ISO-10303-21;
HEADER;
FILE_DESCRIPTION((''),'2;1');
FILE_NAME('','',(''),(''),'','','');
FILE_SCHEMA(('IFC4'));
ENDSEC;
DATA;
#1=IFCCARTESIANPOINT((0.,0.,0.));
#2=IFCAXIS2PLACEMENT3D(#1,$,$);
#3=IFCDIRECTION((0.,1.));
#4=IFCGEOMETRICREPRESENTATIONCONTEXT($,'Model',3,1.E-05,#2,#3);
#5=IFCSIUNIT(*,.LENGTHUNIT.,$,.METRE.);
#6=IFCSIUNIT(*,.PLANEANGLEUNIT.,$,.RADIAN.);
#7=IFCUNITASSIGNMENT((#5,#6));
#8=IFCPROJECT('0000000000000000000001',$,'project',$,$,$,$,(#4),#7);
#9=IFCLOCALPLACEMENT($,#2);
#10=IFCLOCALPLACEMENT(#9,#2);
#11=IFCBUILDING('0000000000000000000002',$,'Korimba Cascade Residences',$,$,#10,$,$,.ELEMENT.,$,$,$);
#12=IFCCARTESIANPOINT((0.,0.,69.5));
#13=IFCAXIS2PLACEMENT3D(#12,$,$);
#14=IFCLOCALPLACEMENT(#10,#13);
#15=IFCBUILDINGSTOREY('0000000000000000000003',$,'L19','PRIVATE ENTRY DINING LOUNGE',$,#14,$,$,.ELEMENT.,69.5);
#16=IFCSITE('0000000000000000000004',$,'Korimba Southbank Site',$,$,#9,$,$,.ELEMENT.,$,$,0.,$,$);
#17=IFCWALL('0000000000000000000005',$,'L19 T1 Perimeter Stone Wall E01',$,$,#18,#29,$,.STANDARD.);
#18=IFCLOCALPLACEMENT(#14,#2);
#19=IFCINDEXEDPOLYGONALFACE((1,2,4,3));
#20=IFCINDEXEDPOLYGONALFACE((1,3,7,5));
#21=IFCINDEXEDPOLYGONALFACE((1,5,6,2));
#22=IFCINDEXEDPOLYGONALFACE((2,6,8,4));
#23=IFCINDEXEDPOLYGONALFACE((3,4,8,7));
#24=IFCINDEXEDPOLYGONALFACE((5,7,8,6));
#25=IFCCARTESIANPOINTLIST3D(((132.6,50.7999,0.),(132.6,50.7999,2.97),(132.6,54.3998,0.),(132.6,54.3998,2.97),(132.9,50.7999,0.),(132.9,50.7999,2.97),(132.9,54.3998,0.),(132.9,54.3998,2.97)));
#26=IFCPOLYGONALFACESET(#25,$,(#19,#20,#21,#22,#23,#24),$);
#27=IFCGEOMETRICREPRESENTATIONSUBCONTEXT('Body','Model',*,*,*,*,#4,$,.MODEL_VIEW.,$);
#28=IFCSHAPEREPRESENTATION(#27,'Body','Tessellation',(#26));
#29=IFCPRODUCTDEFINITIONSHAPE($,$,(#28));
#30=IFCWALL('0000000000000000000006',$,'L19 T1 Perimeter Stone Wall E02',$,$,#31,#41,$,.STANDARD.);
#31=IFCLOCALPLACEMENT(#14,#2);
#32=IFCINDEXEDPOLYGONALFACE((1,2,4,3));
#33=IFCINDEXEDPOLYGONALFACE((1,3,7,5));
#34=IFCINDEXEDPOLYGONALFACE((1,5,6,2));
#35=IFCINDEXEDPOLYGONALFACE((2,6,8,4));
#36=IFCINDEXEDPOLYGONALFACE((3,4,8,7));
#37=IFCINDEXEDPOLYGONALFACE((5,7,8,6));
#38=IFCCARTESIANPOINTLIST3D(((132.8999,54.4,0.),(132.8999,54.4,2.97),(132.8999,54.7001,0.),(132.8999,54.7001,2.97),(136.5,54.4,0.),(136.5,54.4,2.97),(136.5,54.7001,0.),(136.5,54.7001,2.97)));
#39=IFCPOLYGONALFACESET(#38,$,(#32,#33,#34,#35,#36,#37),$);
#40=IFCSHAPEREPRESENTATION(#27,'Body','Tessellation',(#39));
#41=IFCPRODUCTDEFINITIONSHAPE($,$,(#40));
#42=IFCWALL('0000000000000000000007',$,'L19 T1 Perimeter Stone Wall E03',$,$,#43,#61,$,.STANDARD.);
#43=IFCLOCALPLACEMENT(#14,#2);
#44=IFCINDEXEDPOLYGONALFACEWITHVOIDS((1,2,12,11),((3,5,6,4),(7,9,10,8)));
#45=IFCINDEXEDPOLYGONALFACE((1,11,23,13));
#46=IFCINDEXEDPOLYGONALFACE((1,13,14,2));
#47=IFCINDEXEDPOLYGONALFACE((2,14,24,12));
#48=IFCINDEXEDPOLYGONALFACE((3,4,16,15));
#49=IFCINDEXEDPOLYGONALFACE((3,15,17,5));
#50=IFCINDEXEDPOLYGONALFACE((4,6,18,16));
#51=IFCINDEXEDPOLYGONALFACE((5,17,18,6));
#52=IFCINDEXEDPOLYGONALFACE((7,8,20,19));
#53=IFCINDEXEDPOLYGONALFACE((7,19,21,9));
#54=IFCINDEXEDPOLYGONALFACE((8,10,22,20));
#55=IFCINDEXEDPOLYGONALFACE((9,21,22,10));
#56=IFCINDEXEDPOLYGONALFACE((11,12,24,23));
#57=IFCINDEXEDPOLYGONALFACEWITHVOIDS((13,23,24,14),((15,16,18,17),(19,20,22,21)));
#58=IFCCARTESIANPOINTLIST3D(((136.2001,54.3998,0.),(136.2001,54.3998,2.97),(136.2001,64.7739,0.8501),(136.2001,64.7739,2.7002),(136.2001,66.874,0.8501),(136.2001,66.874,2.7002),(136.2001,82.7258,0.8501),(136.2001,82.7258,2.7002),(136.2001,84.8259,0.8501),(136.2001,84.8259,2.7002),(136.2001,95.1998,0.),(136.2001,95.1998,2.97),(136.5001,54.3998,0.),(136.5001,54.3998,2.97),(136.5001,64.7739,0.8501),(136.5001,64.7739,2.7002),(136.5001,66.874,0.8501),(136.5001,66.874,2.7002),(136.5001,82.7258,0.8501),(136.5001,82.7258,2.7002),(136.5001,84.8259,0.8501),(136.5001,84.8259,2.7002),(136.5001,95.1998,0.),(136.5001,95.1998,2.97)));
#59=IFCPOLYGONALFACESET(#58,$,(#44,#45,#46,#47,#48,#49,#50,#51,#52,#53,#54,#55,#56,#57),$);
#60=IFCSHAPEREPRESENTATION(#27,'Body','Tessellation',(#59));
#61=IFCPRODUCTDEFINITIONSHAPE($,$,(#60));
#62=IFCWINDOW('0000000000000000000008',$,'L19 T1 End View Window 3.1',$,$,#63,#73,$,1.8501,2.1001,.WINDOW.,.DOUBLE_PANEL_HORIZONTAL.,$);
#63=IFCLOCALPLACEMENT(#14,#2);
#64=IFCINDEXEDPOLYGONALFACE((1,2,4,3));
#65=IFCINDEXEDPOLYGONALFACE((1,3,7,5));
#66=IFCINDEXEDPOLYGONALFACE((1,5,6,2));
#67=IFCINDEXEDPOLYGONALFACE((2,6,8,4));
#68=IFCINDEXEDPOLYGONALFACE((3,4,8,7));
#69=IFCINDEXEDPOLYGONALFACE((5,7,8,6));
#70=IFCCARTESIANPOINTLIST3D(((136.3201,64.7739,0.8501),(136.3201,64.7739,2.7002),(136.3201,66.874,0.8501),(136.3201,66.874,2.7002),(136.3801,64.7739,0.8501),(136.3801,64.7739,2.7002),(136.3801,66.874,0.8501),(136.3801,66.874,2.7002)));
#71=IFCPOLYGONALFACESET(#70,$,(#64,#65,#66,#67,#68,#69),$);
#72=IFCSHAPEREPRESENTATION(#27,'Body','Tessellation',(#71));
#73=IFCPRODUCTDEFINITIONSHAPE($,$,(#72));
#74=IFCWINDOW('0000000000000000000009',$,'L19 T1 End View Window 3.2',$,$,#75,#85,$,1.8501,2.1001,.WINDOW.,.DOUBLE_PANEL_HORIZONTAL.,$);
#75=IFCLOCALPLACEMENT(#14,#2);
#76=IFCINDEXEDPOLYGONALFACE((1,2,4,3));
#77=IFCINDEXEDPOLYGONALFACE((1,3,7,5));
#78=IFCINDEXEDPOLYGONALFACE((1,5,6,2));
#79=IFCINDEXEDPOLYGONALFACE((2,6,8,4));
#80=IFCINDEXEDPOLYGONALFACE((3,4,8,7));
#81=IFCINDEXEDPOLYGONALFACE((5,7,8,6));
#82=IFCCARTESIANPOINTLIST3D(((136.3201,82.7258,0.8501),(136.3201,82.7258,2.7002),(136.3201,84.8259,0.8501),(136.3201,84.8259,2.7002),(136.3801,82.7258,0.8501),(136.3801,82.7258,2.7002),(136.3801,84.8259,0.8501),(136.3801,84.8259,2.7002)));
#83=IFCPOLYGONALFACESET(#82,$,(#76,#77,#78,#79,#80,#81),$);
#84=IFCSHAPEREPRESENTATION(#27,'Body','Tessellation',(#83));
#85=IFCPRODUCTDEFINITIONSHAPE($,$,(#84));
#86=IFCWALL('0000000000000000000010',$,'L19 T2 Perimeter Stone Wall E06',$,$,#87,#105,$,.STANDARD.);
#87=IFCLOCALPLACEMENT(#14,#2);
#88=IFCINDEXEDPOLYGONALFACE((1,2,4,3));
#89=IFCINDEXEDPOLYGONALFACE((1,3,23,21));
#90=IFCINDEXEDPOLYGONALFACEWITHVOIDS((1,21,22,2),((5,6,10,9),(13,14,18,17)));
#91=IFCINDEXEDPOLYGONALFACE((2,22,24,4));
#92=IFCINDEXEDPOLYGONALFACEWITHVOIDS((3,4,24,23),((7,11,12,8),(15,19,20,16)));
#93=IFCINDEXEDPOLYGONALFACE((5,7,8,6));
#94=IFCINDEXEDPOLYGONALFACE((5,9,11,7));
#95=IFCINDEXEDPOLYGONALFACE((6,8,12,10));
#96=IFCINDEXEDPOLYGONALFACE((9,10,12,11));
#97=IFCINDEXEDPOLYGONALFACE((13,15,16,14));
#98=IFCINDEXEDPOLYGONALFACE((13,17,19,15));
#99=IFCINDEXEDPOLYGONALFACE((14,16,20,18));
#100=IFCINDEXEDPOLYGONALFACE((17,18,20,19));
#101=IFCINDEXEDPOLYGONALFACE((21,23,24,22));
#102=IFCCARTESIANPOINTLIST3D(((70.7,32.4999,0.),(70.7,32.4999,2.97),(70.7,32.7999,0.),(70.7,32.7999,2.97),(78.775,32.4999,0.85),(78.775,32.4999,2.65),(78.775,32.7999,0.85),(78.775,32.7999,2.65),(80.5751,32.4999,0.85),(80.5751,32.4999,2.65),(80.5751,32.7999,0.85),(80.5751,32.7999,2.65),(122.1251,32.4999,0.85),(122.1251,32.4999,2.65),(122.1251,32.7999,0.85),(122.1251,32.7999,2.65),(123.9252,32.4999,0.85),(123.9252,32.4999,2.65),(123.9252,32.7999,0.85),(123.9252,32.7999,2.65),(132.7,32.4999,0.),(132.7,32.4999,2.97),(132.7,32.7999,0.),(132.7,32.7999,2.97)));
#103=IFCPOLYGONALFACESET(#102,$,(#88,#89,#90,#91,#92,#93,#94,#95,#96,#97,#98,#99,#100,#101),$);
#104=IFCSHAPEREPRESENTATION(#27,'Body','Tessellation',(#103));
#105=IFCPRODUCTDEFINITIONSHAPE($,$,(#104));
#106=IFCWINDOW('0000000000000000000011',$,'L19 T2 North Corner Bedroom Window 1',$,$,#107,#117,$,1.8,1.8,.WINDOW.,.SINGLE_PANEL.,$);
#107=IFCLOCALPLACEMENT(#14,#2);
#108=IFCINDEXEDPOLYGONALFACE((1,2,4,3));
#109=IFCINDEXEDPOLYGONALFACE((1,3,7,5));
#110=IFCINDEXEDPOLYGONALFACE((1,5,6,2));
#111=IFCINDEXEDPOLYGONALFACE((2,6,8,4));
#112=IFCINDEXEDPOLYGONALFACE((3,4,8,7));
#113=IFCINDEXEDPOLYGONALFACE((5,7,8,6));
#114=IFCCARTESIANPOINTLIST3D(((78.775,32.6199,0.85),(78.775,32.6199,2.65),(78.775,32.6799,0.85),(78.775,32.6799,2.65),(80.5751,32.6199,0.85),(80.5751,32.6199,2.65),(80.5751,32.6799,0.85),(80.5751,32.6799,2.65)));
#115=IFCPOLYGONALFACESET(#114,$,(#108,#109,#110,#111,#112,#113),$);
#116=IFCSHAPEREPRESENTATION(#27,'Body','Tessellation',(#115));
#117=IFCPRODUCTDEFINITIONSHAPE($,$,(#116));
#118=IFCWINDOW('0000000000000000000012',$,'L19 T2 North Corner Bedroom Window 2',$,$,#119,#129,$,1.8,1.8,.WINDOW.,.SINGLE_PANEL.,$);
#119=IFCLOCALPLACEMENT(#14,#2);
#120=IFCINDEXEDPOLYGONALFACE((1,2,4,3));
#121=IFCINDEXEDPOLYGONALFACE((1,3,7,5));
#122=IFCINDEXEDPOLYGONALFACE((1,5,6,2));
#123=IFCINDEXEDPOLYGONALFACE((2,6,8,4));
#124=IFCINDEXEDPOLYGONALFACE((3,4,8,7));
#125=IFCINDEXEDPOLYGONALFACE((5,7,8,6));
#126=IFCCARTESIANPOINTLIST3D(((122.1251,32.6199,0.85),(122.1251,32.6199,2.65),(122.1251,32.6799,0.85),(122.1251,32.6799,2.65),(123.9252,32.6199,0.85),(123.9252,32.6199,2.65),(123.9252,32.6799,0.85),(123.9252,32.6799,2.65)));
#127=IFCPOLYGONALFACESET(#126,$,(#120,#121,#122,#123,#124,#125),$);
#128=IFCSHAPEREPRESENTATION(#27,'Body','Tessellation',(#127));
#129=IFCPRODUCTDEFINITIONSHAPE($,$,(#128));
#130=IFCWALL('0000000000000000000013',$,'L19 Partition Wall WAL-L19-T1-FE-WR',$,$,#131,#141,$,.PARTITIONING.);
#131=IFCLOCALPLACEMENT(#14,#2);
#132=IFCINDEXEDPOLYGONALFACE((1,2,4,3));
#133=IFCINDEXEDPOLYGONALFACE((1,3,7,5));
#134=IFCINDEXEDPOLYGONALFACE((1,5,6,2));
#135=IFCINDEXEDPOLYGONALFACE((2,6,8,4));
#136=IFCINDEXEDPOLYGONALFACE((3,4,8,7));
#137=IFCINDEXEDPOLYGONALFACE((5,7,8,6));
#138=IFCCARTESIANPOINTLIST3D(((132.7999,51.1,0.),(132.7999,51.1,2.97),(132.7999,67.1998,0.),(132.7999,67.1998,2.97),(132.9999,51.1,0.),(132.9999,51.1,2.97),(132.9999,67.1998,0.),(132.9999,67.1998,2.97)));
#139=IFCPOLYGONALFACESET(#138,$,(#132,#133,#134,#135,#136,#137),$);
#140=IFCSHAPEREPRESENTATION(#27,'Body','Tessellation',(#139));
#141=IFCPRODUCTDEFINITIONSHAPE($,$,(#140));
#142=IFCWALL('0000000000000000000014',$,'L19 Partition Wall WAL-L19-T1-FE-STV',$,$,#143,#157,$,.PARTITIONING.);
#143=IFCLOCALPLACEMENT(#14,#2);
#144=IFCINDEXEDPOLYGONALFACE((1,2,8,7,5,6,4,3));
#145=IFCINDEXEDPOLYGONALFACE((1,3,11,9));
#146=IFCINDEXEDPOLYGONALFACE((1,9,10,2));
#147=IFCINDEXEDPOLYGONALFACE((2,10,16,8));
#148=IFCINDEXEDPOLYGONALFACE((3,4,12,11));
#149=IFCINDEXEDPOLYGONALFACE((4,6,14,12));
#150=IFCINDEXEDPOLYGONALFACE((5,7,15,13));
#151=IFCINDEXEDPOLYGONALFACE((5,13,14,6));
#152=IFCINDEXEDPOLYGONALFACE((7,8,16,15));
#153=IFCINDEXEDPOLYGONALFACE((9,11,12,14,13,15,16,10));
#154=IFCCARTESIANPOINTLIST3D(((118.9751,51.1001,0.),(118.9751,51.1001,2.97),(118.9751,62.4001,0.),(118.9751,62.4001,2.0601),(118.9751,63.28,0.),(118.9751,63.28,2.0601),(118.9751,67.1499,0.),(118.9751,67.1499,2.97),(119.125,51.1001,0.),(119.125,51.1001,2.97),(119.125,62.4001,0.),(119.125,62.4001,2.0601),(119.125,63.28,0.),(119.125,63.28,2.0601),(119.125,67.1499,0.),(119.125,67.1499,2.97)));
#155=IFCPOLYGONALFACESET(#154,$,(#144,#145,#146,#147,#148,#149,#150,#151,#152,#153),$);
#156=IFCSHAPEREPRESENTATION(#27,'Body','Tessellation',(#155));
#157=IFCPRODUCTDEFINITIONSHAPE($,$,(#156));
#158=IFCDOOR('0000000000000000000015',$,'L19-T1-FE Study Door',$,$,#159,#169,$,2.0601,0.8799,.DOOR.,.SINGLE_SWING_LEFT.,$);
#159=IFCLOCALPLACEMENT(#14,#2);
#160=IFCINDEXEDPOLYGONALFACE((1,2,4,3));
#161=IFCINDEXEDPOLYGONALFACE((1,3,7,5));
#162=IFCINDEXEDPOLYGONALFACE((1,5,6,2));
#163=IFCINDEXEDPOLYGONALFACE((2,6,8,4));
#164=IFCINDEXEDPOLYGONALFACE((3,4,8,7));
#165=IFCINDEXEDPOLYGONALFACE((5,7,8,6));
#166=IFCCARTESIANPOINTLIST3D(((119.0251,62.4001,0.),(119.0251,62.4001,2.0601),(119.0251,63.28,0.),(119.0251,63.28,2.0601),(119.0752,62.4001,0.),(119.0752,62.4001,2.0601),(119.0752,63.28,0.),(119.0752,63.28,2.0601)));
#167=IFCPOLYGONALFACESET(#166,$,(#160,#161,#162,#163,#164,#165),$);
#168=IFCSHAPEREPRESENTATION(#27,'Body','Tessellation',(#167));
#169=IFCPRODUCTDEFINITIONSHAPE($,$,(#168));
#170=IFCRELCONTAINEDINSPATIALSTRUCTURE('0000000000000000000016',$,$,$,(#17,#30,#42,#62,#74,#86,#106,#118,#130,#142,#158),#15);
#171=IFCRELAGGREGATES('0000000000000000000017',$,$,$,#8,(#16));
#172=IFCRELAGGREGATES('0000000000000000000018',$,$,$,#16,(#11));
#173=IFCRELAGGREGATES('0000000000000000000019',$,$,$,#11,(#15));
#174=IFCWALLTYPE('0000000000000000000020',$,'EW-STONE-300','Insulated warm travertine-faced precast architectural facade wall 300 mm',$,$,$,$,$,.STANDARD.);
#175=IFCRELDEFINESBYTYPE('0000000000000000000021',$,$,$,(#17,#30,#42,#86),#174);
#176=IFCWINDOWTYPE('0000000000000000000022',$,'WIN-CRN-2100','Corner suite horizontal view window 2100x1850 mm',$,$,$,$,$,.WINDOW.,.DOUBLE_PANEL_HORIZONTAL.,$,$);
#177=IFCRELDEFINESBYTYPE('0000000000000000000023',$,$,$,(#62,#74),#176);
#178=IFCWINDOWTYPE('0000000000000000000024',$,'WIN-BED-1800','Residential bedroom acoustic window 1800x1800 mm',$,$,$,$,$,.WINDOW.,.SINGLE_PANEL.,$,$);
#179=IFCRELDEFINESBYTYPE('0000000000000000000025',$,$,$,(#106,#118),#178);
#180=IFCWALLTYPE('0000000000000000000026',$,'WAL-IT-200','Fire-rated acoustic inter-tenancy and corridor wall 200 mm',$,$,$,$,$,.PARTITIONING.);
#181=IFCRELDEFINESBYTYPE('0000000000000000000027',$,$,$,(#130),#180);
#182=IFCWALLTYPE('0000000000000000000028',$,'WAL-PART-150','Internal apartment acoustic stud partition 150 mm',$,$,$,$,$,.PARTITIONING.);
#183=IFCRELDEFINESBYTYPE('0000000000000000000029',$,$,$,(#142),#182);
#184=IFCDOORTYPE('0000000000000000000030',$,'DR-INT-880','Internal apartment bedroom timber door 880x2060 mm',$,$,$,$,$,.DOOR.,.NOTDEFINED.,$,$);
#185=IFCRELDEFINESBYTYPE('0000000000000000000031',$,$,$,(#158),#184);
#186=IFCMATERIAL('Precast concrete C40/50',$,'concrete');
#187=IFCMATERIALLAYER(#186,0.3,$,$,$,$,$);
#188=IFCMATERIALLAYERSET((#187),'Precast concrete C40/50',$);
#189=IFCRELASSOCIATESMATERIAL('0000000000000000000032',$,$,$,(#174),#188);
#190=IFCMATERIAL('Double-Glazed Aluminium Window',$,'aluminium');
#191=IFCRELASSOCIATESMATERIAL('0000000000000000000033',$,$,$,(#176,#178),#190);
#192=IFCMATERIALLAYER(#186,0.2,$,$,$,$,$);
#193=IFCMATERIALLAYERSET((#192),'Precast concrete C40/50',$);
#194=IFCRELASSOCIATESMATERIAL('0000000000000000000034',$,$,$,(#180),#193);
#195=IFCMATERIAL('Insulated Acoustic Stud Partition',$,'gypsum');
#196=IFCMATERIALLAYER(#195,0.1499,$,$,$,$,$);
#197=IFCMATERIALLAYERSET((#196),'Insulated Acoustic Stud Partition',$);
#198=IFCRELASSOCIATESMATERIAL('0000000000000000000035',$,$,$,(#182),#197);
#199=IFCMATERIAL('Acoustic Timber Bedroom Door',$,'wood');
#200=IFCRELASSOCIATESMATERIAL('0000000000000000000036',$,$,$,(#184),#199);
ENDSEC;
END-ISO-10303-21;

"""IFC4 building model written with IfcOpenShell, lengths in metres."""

from ifc_helpers import new_model, si_unit, direction, frame, frame_2d, origin, place, context, subcontext, project, spatial, rectangle, extrude, material, layer, layer_set, type_object, element, fill, save


model = new_model("IFC4")

# Units and contexts
model_context = context("Model", 3, precision=1e-05, world=origin(), true_north=direction((0.0, 1.0)))
body_context = subcontext(model_context, "Body", "Model", "MODEL_VIEW")
ifc_project = project(units=[si_unit("LENGTHUNIT", "METRE"), si_unit("PLANEANGLEUNIT", "RADIAN")], contexts=[model_context])

# Site, building, storey
site_placement = place(None, origin())
site = spatial("IfcSite", under=ifc_project, at=site_placement, Name="Korimba Southbank Site", CompositionType="ELEMENT", RefElevation=0.0)
building_placement = place(site_placement, origin())
building = spatial("IfcBuilding", under=site, at=building_placement, Name="Korimba Cascade Residences", CompositionType="ELEMENT")
storey_placement = place(building_placement, frame((0.0, 0.0, 69.5)))
storey = spatial("IfcBuildingStorey", under=building, at=storey_placement, Name="L19", Description="PRIVATE ENTRY DINING LOUNGE", CompositionType="ELEMENT", Elevation=69.5)

# Walls
ifc_material_1 = material(Name="Precast concrete C40/50", Category="concrete")
ifc_layer_1 = layer(ifc_material_1, 0.3)
ifc_layer_set_1 = layer_set([ifc_layer_1], Name="Precast concrete C40/50")
wall_type_1 = type_object("IfcWallType", Name="EW-STONE-300", Description="Insulated warm travertine-faced precast architectural facade wall 300 mm", PredefinedType="STANDARD", material=ifc_layer_set_1)
wall_1_placement = place(storey_placement, frame((132.75, 50.8, 0.0), z_axis=(0.0, 0.0, 1.0), x_axis=(0.0, 1.0, 0.0)))
element("IfcWall", 1, at=wall_1_placement, inside=storey, type_object=wall_type_1, Name="L19 T1 Perimeter Stone Wall E01", PredefinedType="STANDARD", context=body_context, shape_type="SweptSolid", body=[
    extrude(rectangle(XDim=3.5999, YDim=0.3, at=frame_2d((1.7998, 0.0))), origin(), (0.0, 0.0, 1.0), 2.97),
])
wall_2_placement = place(storey_placement, frame((132.8999, 54.55, 0.0), z_axis=(0.0, 0.0, 1.0), x_axis=(1.0, 0.0, 0.0)))
element("IfcWall", 2, at=wall_2_placement, inside=storey, type_object=wall_type_1, Name="L19 T1 Perimeter Stone Wall E02", PredefinedType="STANDARD", context=body_context, shape_type="SweptSolid", body=[
    extrude(rectangle(XDim=3.6001, YDim=0.3, at=frame_2d((1.8, 0.0))), origin(), (0.0, 0.0, 1.0), 2.97),
])

# Walls, openings, windows
wall_3_placement = place(storey_placement, frame((136.3501, 54.3999, 0.0), z_axis=(0.0, 0.0, 1.0), x_axis=(0.0, 1.0, 0.0)))
wall_3 = element("IfcWall", 3, at=wall_3_placement, inside=storey, type_object=wall_type_1, Name="L19 T1 Perimeter Stone Wall E03", PredefinedType="STANDARD", context=body_context, shape_type="SweptSolid", body=[
    extrude(rectangle(XDim=40.8, YDim=0.3, at=frame_2d((20.3999, 0.0))), origin(), (0.0, 0.0, 1.0), 2.97),
])
opening_1_placement = place(wall_3_placement, frame((10.374, 0.0, 0.8501)))
opening_1 = element("IfcOpeningElement", 4, at=opening_1_placement, cuts=wall_3, PredefinedType="OPENING", context=body_context, shape_type="SweptSolid", body=[
    extrude(rectangle(XDim=2.1001, YDim=1.8501, at=frame_2d((1.05, 0.925))), frame((0.0, 0.1602, 0.0), z_axis=(0.0, -1.0, 0.0), x_axis=(1.0, 0.0, 0.0)), (0.0, 0.0, 1.0), 0.3201),
])
opening_2_placement = place(wall_3_placement, frame((28.3259, 0.0, 0.8501)))
opening_2 = element("IfcOpeningElement", 5, at=opening_2_placement, cuts=wall_3, PredefinedType="OPENING", context=body_context, shape_type="SweptSolid", body=[
    extrude(rectangle(XDim=2.1001, YDim=1.8501, at=frame_2d((1.05, 0.925))), frame((0.0, 0.1602, 0.0), z_axis=(0.0, -1.0, 0.0), x_axis=(1.0, 0.0, 0.0)), (0.0, 0.0, 1.0), 0.3201),
])
ifc_material_2 = material(Name="Double-Glazed Aluminium Window", Category="aluminium")
window_type_1 = type_object("IfcWindowType", Name="WIN-CRN-2100", Description="Corner suite horizontal view window 2100x1850 mm", PartitioningType="DOUBLE_PANEL_HORIZONTAL", PredefinedType="WINDOW", material=ifc_material_2)
window_1_placement = place(opening_1_placement, origin())
window_1 = element("IfcWindow", 6, at=window_1_placement, inside=storey, type_object=window_type_1, Name="L19 T1 End View Window 3.1", OverallHeight=1.8501, OverallWidth=2.1001, PartitioningType="DOUBLE_PANEL_HORIZONTAL", PredefinedType="WINDOW", context=body_context, shape_type="SweptSolid", body=[
    extrude(rectangle(XDim=2.1001, YDim=1.8501, at=frame_2d((1.05, 0.925))), frame((0.0, 0.03, 0.0), z_axis=(0.0, -1.0, 0.0), x_axis=(1.0, 0.0, 0.0)), (0.0, 0.0, 1.0), 0.0601),
])
fill(opening_1, window_1)
window_2_placement = place(opening_2_placement, origin())
window_2 = element("IfcWindow", 7, at=window_2_placement, inside=storey, type_object=window_type_1, Name="L19 T1 End View Window 3.2", OverallHeight=1.8501, OverallWidth=2.1001, PartitioningType="DOUBLE_PANEL_HORIZONTAL", PredefinedType="WINDOW", context=body_context, shape_type="SweptSolid", body=[
    extrude(rectangle(XDim=2.1001, YDim=1.8501, at=frame_2d((1.05, 0.925))), frame((0.0, 0.03, 0.0), z_axis=(0.0, -1.0, 0.0), x_axis=(1.0, 0.0, 0.0)), (0.0, 0.0, 1.0), 0.0601),
])
fill(opening_2, window_2)
wall_4_placement = place(storey_placement, frame((132.7, 32.6499, 0.0), z_axis=(0.0, 0.0, 1.0), x_axis=(-1.0, 0.0, 0.0)))
wall_4 = element("IfcWall", 8, at=wall_4_placement, inside=storey, type_object=wall_type_1, Name="L19 T2 Perimeter Stone Wall E06", PredefinedType="STANDARD", context=body_context, shape_type="SweptSolid", body=[
    extrude(rectangle(XDim=62.0, YDim=0.3, at=frame_2d((31.0, 0.0))), origin(), (0.0, 0.0, 1.0), 2.97),
])
opening_3_placement = place(wall_4_placement, frame((52.125, 0.0, 0.8501)))
opening_3 = element("IfcOpeningElement", 9, at=opening_3_placement, cuts=wall_4, PredefinedType="OPENING", context=body_context, shape_type="SweptSolid", body=[
    extrude(rectangle(XDim=1.8, YDim=1.8, at=frame_2d((0.8999, 0.8999))), frame((0.0, 0.1602, 0.0), z_axis=(0.0, -1.0, 0.0), x_axis=(1.0, 0.0, 0.0)), (0.0, 0.0, 1.0), 0.3201),
])
opening_4_placement = place(wall_4_placement, frame((8.7749, 0.0, 0.8501)))
opening_4 = element("IfcOpeningElement", 10, at=opening_4_placement, cuts=wall_4, PredefinedType="OPENING", context=body_context, shape_type="SweptSolid", body=[
    extrude(rectangle(XDim=1.8, YDim=1.8, at=frame_2d((0.8999, 0.8999))), frame((0.0, 0.1602, 0.0), z_axis=(0.0, -1.0, 0.0), x_axis=(1.0, 0.0, 0.0)), (0.0, 0.0, 1.0), 0.3201),
])
window_type_2 = type_object("IfcWindowType", Name="WIN-BED-1800", Description="Residential bedroom acoustic window 1800x1800 mm", PartitioningType="SINGLE_PANEL", PredefinedType="WINDOW", material=ifc_material_2)
window_3_placement = place(opening_3_placement, origin())
window_3 = element("IfcWindow", 11, at=window_3_placement, inside=storey, type_object=window_type_2, Name="L19 T2 North Corner Bedroom Window 1", OverallHeight=1.8, OverallWidth=1.8, PartitioningType="SINGLE_PANEL", PredefinedType="WINDOW", context=body_context, shape_type="SweptSolid", body=[
    extrude(rectangle(XDim=1.8, YDim=1.8, at=frame_2d((0.8999, 0.8999))), frame((0.0, 0.03, 0.0), z_axis=(0.0, -1.0, 0.0), x_axis=(1.0, 0.0, 0.0)), (0.0, 0.0, 1.0), 0.0601),
])
fill(opening_3, window_3)
window_4_placement = place(opening_4_placement, origin())
window_4 = element("IfcWindow", 12, at=window_4_placement, inside=storey, type_object=window_type_2, Name="L19 T2 North Corner Bedroom Window 2", OverallHeight=1.8, OverallWidth=1.8, PartitioningType="SINGLE_PANEL", PredefinedType="WINDOW", context=body_context, shape_type="SweptSolid", body=[
    extrude(rectangle(XDim=1.8, YDim=1.8, at=frame_2d((0.8999, 0.8999))), frame((0.0, 0.03, 0.0), z_axis=(0.0, -1.0, 0.0), x_axis=(1.0, 0.0, 0.0)), (0.0, 0.0, 1.0), 0.0601),
])
fill(opening_4, window_4)

# Wall
ifc_layer_2 = layer(ifc_material_1, 0.2)
ifc_layer_set_2 = layer_set([ifc_layer_2], Name="Precast concrete C40/50")
wall_type_2 = type_object("IfcWallType", Name="WAL-IT-200", Description="Fire-rated acoustic inter-tenancy and corridor wall 200 mm", PredefinedType="PARTITIONING", material=ifc_layer_set_2)
wall_5_placement = place(storey_placement, frame((132.8999, 51.1001, 0.0), z_axis=(0.0, 0.0, 1.0), x_axis=(0.0, 1.0, 0.0)))
element("IfcWall", 13, at=wall_5_placement, inside=storey, type_object=wall_type_2, Name="L19 Partition Wall WAL-L19-T1-FE-WR", PredefinedType="PARTITIONING", context=body_context, shape_type="SweptSolid", body=[
    extrude(rectangle(XDim=16.0999, YDim=0.2, at=frame_2d((8.0498, 0.0))), origin(), (0.0, 0.0, 1.0), 2.97),
])

# Wall, opening, door
ifc_material_3 = material(Name="Insulated Acoustic Stud Partition", Category="gypsum")
ifc_layer_3 = layer(ifc_material_3, 0.1499)
ifc_layer_set_3 = layer_set([ifc_layer_3], Name="Insulated Acoustic Stud Partition")
wall_type_3 = type_object("IfcWallType", Name="WAL-PART-150", Description="Internal apartment acoustic stud partition 150 mm", PredefinedType="PARTITIONING", material=ifc_layer_set_3)
wall_6_placement = place(storey_placement, frame((119.05, 51.1001, 0.0), z_axis=(0.0, 0.0, 1.0), x_axis=(0.0, 1.0, 0.0)))
wall_6 = element("IfcWall", 14, at=wall_6_placement, inside=storey, type_object=wall_type_3, Name="L19 Partition Wall WAL-L19-T1-FE-STV", PredefinedType="PARTITIONING", context=body_context, shape_type="SweptSolid", body=[
    extrude(rectangle(XDim=16.0498, YDim=0.1499, at=frame_2d((8.0249, 0.0))), origin(), (0.0, 0.0, 1.0), 2.97),
])
opening_5_placement = place(wall_6_placement, frame((11.3, 0.0, 0.0)))
opening_5 = element("IfcOpeningElement", 15, at=opening_5_placement, cuts=wall_6, PredefinedType="OPENING", context=body_context, shape_type="SweptSolid", body=[
    extrude(rectangle(XDim=0.8799, YDim=2.0601, at=frame_2d((0.4399, 1.03))), frame((0.0, 0.085, 0.0), z_axis=(0.0, -1.0, 0.0), x_axis=(1.0, 0.0, 0.0)), (0.0, 0.0, 1.0), 0.1699),
])
ifc_material_4 = material(Name="Acoustic Timber Bedroom Door", Category="wood")
door_type = type_object("IfcDoorType", Name="DR-INT-880", Description="Internal apartment bedroom timber door 880x2060 mm", OperationType="NOTDEFINED", PredefinedType="DOOR", material=ifc_material_4)
door_placement = place(opening_5_placement, origin())
door = element("IfcDoor", 16, at=door_placement, inside=storey, type_object=door_type, Name="L19-T1-FE Study Door", OperationType="SINGLE_SWING_LEFT", OverallHeight=2.0601, OverallWidth=0.8799, PredefinedType="DOOR", context=body_context, shape_type="SweptSolid", body=[
    extrude(rectangle(XDim=0.8799, YDim=2.0601, at=frame_2d((0.4399, 1.03))), frame((0.0, 0.0249, 0.0), z_axis=(0.0, -1.0, 0.0), x_axis=(1.0, 0.0, 0.0)), (0.0, 0.0, 1.0), 0.05),
])
fill(opening_5, door)

save(model, "model.ifc")
